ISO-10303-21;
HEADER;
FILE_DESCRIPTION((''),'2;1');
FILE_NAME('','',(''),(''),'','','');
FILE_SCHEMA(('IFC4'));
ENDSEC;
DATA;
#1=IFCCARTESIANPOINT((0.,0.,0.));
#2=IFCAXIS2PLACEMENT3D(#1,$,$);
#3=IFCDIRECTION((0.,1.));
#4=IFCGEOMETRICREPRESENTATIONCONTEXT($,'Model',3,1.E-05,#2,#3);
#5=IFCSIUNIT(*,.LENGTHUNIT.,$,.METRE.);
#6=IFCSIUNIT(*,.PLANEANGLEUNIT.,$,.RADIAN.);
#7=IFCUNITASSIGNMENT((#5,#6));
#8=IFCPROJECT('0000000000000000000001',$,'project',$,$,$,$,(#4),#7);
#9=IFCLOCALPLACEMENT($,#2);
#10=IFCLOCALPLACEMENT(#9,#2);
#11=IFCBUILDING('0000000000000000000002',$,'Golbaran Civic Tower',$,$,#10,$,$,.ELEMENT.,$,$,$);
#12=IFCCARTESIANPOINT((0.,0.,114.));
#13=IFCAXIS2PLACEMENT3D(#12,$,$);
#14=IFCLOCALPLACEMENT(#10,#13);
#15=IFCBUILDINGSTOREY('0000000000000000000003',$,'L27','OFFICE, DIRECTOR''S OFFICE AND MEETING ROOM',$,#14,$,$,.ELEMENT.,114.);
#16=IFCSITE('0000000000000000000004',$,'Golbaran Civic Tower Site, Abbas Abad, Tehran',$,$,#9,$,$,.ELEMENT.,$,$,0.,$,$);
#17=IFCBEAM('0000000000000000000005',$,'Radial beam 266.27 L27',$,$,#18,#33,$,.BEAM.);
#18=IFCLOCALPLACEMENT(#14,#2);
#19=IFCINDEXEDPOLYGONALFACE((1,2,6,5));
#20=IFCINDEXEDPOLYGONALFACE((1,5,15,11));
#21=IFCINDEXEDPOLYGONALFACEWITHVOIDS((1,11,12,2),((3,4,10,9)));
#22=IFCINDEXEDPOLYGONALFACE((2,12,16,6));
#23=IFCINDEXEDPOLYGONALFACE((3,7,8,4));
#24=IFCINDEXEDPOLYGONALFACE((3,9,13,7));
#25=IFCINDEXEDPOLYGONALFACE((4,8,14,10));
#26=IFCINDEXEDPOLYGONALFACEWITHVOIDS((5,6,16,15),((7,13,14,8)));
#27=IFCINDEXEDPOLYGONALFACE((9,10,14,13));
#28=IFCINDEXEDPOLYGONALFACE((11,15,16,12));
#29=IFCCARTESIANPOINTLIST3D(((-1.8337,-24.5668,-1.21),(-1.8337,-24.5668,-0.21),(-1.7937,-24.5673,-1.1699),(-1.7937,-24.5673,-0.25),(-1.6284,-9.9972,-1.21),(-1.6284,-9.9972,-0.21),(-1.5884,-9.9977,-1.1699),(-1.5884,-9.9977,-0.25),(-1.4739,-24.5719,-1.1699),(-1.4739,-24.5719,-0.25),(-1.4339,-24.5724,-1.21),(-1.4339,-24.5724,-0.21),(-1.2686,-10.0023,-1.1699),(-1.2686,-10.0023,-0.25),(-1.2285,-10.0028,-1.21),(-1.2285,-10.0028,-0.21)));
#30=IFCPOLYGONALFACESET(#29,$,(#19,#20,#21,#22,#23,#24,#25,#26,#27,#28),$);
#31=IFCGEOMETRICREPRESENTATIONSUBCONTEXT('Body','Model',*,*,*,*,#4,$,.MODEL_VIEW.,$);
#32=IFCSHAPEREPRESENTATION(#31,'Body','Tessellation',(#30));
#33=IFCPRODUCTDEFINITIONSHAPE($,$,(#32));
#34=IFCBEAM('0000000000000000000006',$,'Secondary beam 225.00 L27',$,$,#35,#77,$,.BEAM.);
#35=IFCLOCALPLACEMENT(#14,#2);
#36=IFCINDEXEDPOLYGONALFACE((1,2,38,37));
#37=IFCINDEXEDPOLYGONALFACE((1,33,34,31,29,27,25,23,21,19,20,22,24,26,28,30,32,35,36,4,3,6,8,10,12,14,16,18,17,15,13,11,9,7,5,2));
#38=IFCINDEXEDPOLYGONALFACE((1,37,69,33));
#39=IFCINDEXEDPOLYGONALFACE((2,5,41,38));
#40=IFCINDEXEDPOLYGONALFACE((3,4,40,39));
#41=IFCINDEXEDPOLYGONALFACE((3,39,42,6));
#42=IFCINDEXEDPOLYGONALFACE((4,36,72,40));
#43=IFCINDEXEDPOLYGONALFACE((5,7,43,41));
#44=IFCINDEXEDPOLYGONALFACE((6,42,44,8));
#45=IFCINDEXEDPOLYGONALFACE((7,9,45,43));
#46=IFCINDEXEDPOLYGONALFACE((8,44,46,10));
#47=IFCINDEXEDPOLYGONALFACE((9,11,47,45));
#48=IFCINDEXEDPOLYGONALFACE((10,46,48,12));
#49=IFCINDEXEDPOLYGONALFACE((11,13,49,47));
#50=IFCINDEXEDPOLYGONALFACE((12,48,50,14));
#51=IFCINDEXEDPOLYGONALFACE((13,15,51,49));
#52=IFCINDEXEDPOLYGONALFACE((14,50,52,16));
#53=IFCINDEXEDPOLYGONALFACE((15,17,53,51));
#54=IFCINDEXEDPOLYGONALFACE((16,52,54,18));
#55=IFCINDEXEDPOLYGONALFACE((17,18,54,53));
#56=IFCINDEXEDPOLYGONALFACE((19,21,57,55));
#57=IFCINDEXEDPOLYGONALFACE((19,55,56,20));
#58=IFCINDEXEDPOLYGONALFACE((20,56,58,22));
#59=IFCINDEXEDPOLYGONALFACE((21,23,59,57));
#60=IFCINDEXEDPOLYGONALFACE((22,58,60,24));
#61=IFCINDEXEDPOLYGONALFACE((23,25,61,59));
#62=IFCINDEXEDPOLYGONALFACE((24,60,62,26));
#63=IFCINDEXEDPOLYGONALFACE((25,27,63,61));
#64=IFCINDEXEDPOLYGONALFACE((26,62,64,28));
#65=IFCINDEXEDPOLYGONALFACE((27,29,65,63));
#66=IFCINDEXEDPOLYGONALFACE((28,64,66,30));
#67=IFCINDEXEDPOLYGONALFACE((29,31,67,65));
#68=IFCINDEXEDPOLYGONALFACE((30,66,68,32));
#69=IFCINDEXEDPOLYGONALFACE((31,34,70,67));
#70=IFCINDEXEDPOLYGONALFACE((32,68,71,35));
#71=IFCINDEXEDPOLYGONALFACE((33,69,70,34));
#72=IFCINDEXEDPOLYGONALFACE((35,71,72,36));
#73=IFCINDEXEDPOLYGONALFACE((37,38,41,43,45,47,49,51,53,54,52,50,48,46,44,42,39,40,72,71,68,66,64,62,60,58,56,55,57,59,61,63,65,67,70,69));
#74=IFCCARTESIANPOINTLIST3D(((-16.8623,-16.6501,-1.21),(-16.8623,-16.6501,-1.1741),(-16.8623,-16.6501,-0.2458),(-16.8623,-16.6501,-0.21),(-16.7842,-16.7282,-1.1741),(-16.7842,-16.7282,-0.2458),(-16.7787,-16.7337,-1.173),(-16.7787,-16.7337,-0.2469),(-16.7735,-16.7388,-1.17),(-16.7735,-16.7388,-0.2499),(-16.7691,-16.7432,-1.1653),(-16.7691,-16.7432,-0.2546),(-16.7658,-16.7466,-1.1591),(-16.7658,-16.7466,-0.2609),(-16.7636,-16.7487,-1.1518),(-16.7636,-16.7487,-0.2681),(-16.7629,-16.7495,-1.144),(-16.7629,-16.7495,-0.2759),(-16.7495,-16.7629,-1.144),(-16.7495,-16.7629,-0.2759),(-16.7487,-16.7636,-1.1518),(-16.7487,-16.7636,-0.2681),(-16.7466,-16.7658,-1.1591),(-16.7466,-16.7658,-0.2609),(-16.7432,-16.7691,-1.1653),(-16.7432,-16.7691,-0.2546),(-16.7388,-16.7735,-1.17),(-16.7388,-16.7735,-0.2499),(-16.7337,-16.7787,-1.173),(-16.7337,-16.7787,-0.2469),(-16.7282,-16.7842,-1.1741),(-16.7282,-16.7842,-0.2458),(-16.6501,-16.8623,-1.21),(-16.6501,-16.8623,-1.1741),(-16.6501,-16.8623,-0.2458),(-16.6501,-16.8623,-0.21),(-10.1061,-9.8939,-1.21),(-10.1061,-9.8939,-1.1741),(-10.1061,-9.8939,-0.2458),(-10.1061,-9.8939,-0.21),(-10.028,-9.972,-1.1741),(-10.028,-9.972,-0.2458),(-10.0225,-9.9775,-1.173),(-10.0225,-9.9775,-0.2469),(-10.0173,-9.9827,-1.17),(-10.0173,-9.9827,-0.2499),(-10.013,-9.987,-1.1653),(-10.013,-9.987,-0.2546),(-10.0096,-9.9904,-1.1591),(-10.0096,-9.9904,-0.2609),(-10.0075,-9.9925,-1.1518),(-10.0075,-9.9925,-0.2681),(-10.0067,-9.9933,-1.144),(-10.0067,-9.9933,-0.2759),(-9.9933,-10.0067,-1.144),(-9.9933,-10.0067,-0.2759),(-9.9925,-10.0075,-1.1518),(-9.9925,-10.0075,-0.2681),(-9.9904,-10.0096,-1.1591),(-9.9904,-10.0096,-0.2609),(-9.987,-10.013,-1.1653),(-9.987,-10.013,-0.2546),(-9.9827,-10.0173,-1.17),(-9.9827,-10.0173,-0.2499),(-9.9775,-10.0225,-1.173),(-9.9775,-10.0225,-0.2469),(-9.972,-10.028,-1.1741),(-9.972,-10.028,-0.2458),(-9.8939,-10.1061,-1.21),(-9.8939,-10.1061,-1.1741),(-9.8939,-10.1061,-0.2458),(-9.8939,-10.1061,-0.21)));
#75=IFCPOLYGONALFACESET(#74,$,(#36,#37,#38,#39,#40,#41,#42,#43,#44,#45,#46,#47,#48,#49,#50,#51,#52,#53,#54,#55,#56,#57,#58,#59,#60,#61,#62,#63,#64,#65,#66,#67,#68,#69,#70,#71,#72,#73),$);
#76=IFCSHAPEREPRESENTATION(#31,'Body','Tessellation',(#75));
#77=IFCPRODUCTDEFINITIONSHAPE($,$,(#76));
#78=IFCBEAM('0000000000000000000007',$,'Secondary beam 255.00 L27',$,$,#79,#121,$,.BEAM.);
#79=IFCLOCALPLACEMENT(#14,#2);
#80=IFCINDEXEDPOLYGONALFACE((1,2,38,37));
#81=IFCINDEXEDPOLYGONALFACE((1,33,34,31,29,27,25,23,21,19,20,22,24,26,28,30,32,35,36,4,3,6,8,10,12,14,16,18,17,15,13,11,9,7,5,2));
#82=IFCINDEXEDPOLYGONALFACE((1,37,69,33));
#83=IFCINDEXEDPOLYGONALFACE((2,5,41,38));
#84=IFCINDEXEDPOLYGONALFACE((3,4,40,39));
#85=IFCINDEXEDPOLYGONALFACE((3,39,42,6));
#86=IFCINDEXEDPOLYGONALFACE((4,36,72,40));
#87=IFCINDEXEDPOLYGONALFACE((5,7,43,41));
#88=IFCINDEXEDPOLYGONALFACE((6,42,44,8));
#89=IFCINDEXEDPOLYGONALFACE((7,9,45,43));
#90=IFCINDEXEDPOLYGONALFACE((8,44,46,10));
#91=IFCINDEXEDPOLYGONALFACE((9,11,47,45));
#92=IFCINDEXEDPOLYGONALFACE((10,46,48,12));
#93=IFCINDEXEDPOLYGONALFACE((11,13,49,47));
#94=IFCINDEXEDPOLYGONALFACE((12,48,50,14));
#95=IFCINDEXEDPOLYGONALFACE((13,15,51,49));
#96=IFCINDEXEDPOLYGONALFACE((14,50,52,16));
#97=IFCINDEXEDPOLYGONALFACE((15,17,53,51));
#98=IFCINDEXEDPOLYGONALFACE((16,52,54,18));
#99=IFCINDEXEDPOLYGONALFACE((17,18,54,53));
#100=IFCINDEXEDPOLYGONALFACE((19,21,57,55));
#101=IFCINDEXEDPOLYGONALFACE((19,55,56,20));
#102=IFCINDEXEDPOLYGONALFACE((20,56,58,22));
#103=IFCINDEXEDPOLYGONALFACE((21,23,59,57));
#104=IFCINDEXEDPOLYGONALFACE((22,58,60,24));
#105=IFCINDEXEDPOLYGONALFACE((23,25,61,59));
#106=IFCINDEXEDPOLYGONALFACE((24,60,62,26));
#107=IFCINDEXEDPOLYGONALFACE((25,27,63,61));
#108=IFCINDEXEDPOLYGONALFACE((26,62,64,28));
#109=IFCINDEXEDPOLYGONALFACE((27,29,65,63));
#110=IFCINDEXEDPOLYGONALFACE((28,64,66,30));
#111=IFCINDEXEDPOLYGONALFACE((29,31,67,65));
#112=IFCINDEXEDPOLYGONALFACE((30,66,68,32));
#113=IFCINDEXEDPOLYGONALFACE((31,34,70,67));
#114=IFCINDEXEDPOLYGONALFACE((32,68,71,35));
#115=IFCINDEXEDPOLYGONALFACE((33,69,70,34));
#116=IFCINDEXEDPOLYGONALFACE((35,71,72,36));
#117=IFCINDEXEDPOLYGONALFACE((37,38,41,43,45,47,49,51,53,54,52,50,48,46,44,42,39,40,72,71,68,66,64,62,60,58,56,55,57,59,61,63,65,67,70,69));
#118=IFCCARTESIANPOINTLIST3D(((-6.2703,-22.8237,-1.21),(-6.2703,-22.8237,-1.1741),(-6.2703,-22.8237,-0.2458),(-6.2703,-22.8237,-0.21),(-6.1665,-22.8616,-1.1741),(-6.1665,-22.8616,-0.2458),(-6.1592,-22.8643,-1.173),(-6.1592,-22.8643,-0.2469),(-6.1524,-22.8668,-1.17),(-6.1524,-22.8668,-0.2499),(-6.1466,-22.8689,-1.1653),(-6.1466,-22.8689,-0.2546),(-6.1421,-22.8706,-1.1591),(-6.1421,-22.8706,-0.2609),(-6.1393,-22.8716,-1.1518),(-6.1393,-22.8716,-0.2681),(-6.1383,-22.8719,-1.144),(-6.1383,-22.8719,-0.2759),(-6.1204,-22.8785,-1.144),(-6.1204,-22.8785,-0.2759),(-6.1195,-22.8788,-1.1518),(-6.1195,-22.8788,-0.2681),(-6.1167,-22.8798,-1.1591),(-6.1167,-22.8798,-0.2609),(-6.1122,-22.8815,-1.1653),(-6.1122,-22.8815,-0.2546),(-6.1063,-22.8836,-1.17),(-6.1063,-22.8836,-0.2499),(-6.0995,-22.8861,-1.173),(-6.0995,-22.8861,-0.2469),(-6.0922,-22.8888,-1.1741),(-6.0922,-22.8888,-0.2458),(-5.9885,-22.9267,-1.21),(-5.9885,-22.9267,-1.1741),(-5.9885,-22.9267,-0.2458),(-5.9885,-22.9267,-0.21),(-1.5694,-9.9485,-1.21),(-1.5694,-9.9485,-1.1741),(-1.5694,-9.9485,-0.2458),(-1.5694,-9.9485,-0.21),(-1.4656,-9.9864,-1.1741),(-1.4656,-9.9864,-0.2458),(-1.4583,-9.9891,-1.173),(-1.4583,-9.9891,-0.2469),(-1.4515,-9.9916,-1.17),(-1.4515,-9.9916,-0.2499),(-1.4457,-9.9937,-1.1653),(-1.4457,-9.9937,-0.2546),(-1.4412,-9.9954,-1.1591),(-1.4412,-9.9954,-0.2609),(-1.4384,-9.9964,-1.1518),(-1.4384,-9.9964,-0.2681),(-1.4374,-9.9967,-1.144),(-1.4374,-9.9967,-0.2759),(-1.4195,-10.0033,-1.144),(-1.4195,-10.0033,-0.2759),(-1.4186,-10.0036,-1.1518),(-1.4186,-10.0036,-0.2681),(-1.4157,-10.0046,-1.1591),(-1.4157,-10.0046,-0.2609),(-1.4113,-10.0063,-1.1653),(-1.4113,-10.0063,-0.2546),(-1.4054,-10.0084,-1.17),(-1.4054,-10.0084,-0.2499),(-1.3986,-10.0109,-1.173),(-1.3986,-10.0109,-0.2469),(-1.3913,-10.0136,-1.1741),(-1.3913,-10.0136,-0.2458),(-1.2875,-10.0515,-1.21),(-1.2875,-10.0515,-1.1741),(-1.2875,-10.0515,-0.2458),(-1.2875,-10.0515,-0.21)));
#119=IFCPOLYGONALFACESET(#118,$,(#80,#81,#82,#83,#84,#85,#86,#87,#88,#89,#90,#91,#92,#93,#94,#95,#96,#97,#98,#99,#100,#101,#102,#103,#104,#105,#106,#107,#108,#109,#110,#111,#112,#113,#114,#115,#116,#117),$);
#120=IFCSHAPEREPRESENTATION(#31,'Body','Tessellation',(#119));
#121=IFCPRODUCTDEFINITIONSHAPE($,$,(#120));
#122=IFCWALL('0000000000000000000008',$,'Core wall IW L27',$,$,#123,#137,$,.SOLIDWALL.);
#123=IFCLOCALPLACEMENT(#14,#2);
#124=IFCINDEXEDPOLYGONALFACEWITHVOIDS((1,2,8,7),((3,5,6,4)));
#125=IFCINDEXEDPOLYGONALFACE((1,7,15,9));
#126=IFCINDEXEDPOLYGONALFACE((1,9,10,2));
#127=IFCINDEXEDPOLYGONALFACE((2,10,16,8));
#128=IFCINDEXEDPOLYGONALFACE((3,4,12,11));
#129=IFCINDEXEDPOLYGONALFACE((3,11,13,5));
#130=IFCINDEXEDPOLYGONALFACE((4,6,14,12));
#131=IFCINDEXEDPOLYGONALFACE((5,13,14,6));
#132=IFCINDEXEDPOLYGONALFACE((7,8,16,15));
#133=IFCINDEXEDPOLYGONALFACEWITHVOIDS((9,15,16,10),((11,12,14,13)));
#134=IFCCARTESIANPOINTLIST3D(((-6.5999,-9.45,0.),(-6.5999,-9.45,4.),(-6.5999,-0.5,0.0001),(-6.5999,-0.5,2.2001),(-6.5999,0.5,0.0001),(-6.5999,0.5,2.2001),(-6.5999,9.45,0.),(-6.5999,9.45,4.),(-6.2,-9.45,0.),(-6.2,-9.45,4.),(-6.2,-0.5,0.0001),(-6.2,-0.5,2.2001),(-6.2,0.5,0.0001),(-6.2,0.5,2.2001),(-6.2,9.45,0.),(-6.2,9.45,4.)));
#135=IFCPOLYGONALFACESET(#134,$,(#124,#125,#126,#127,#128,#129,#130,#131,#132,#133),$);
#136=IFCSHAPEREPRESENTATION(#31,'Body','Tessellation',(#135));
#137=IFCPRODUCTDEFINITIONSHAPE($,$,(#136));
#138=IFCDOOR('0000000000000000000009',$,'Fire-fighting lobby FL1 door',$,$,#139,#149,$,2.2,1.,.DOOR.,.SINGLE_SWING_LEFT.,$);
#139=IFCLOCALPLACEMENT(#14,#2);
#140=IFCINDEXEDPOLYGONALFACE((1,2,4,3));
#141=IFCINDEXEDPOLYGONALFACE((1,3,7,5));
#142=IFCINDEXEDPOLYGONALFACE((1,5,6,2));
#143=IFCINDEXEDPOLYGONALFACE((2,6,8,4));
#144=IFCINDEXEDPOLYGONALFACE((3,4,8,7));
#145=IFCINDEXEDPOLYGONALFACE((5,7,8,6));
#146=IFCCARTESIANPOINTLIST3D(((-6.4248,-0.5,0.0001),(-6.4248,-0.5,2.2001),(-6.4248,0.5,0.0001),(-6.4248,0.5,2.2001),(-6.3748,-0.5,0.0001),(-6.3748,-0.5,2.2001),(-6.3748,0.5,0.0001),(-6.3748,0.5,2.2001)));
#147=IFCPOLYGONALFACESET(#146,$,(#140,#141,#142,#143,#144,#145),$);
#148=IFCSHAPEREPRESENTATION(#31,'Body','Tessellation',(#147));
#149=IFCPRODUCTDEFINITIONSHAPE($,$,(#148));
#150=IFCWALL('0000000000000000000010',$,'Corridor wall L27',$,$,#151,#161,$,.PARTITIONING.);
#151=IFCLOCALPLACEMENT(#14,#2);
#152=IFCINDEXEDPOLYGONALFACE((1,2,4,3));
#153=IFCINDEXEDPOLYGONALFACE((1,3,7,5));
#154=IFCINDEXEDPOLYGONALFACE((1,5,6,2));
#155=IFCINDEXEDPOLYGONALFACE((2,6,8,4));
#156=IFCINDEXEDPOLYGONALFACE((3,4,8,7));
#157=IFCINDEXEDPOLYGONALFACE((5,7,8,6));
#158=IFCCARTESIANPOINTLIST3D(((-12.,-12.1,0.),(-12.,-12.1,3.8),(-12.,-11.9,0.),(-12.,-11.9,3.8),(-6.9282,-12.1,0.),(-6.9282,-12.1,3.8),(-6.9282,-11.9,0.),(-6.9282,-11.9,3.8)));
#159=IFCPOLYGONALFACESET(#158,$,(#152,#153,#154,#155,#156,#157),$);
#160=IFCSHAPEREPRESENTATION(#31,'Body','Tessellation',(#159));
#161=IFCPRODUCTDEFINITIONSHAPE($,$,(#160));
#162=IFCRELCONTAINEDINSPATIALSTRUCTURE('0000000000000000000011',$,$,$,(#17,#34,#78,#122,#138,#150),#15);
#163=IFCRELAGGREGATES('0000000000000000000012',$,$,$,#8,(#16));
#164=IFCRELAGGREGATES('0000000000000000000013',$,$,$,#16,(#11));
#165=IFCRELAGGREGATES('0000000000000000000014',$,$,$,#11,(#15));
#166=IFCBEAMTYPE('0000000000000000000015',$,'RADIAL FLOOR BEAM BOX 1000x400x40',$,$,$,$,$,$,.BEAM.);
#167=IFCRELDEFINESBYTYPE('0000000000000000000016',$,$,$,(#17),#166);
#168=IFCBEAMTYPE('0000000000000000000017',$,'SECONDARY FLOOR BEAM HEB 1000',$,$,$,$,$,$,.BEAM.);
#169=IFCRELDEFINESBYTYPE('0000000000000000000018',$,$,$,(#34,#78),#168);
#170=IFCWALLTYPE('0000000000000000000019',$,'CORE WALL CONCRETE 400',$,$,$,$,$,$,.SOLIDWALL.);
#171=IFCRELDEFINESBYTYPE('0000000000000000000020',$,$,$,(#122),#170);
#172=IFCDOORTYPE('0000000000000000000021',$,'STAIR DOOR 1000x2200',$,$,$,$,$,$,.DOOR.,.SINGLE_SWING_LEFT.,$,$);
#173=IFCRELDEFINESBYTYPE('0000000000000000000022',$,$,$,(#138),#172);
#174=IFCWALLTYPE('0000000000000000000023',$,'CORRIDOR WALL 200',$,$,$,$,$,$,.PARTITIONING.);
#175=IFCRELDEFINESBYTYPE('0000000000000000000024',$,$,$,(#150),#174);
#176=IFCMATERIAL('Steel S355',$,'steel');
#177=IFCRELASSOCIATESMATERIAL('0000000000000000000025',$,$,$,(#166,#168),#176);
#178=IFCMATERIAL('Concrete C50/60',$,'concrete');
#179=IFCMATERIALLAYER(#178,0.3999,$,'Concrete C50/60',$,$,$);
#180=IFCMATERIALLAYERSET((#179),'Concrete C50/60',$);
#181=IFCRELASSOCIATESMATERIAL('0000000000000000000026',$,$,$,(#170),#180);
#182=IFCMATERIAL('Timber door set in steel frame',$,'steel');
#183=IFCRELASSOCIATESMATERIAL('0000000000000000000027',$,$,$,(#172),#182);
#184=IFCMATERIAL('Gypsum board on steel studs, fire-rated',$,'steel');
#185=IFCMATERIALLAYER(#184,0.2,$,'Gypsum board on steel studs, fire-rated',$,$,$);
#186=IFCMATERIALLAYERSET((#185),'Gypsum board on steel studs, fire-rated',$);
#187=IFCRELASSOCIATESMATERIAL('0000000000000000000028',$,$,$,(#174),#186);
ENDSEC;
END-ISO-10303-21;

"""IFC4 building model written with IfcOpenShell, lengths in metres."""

from ifc_helpers import new_model, si_unit, direction, frame, frame_2d, origin, origin_2d, place, context, subcontext, project, spatial, rectangle, hollow_rectangle, i_section, extrude, material, layer, layer_set, material_profile, profile_set, type_object, element, fill, save


model = new_model("IFC4")

# Units and contexts
model_context = context("Model", 3, precision=1e-05, world=origin(), true_north=direction((0.0, 1.0)))
body_context = subcontext(model_context, "Body", "Model", "MODEL_VIEW")
ifc_project = project(units=[si_unit("LENGTHUNIT", "METRE"), si_unit("PLANEANGLEUNIT", "RADIAN")], contexts=[model_context])

# Site, building, storey
site_placement = place(None, origin())
site = spatial("IfcSite", under=ifc_project, at=site_placement, Name="Golbaran Civic Tower Site, Abbas Abad, Tehran", CompositionType="ELEMENT", RefElevation=0.0)
building_placement = place(site_placement, origin())
building = spatial("IfcBuilding", under=site, at=building_placement, Name="Golbaran Civic Tower", CompositionType="ELEMENT")
storey_placement = place(building_placement, frame((0.0, 0.0, 114.0)))
storey = spatial("IfcBuildingStorey", under=building, at=storey_placement, Name="L27", Description="OFFICE, DIRECTOR'S OFFICE AND MEETING ROOM", CompositionType="ELEMENT", Elevation=114.0)

# Beams
ifc_material_1 = material(Name="Steel S355", Category="steel")
ifc_material_profile_1 = material_profile(ifc_material_1, hollow_rectangle(XDim=0.3999, YDim=1.0, WallThickness=0.04, at=origin_2d()), Name="BOX 1000x400x40")
ifc_profile_set_1 = profile_set([ifc_material_profile_1], Name="Steel S355")
beam_type_1 = type_object("IfcBeamType", Name="RADIAL FLOOR BEAM BOX 1000x400x40", PredefinedType="BEAM", material=ifc_profile_set_1)
beam_1_placement = place(storey_placement, frame((-1.4285, -10.0, -0.71), z_axis=(-0.014091, -0.999901, 0.0), x_axis=(0.999901, -0.014091, 0.0)))
element("IfcBeam", 1, at=beam_1_placement, inside=storey, type_object=beam_type_1, Name="Radial beam 266.27 L27", PredefinedType="BEAM", context=body_context, shape_type="SweptSolid", body=[
    extrude(hollow_rectangle(XDim=0.3999, YDim=1.0, WallThickness=0.04, at=origin_2d()), origin(), (0.0, 0.0, 1.0), 14.571),
])
ifc_material_profile_2 = material_profile(ifc_material_1, i_section(OverallWidth=0.3, OverallDepth=1.0, WebThickness=0.019, FlangeThickness=0.0359, FilletRadius=0.03, at=origin_2d()), Name="HEB 1000")
ifc_profile_set_2 = profile_set([ifc_material_profile_2], Name="Steel S355")
beam_type_2 = type_object("IfcBeamType", Name="SECONDARY FLOOR BEAM HEB 1000", PredefinedType="BEAM", material=ifc_profile_set_2)
beam_2_placement = place(storey_placement, frame((-10.0, -10.0, -0.71), z_axis=(-0.707107, -0.707107, 0.0), x_axis=(0.707107, -0.707107, 0.0)))
element("IfcBeam", 2, at=beam_2_placement, inside=storey, type_object=beam_type_2, Name="Secondary beam 225.00 L27", PredefinedType="BEAM", context=body_context, shape_type="SweptSolid", body=[
    extrude(i_section(OverallWidth=0.3, OverallDepth=1.0, WebThickness=0.019, FlangeThickness=0.0359, FilletRadius=0.03, at=origin_2d()), origin(), (0.0, 0.0, 1.0), 9.5547),
])
beam_3_placement = place(storey_placement, frame((-1.4285, -10.0, -0.71), z_axis=(-0.342968, -0.939347, 0.0), x_axis=(0.939347, -0.342968, 0.0)))
element("IfcBeam", 3, at=beam_3_placement, inside=storey, type_object=beam_type_2, Name="Secondary beam 255.00 L27", PredefinedType="BEAM", context=body_context, shape_type="SweptSolid", body=[
    extrude(i_section(OverallWidth=0.3, OverallDepth=1.0, WebThickness=0.019, FlangeThickness=0.0359, FilletRadius=0.03, at=origin_2d()), origin(), (0.0, 0.0, 1.0), 13.7065),
])

# Wall, opening, door
ifc_material_2 = material(Name="Concrete C50/60", Category="concrete")
ifc_layer_1 = layer(ifc_material_2, 0.3999, Name="Concrete C50/60")
ifc_layer_set_1 = layer_set([ifc_layer_1], Name="Concrete C50/60")
wall_type_1 = type_object("IfcWallType", Name="CORE WALL CONCRETE 400", PredefinedType="SOLIDWALL", material=ifc_layer_set_1)
wall_1_placement = place(storey_placement, frame((-6.3999, -9.45, 0.0), z_axis=(0.0, 0.0, 1.0), x_axis=(0.0, 1.0, 0.0)))
wall_1 = element("IfcWall", 4, at=wall_1_placement, inside=storey, type_object=wall_type_1, Name="Core wall IW L27", PredefinedType="SOLIDWALL", context=body_context, shape_type="SweptSolid", body=[
    extrude(rectangle(XDim=18.8999, YDim=0.3999, at=frame_2d((9.45, 0.0))), origin(), (0.0, 0.0, 1.0), 4.0),
])
opening_1_placement = place(wall_1_placement, frame((8.95, 0.0, 0.0)))
opening_1 = element("IfcOpeningElement", 5, at=opening_1_placement, cuts=wall_1, PredefinedType="OPENING", context=body_context, shape_type="SweptSolid", body=[
    extrude(rectangle(XDim=1.0, YDim=2.2, at=frame_2d((0.5, 1.1001))), frame((0.0, 0.21, 0.0), z_axis=(0.0, -1.0, 0.0), x_axis=(1.0, 0.0, 0.0)), (0.0, 0.0, 1.0), 0.4199),
])
ifc_material_3 = material(Name="Timber door set in steel frame", Category="steel")
door_type_1 = type_object("IfcDoorType", Name="STAIR DOOR 1000x2200", OperationType="SINGLE_SWING_LEFT", PredefinedType="DOOR", material=ifc_material_3)
door_1_placement = place(opening_1_placement, origin())
door_1 = element("IfcDoor", 6, at=door_1_placement, inside=storey, type_object=door_type_1, Name="Fire-fighting lobby FL1 door", OperationType="SINGLE_SWING_LEFT", OverallHeight=2.2, OverallWidth=1.0, PredefinedType="DOOR", context=body_context, shape_type="SweptSolid", body=[
    extrude(rectangle(XDim=1.0, YDim=2.2, at=frame_2d((0.5, 1.1001))), frame((0.0, 0.0249, 0.0), z_axis=(0.0, -1.0, 0.0), x_axis=(1.0, 0.0, 0.0)), (0.0, 0.0, 1.0), 0.05),
])
fill(opening_1, door_1)

# Wall
ifc_material_4 = material(Name="Gypsum board on steel studs, fire-rated", Category="steel")
ifc_layer_2 = layer(ifc_material_4, 0.2, Name="Gypsum board on steel studs, fire-rated")
ifc_layer_set_2 = layer_set([ifc_layer_2], Name="Gypsum board on steel studs, fire-rated")
wall_type_2 = type_object("IfcWallType", Name="CORRIDOR WALL 200", PredefinedType="PARTITIONING", material=ifc_layer_set_2)
wall_2_placement = place(storey_placement, frame((-12.0, -12.0, 0.0), z_axis=(0.0, 0.0, 1.0), x_axis=(1.0, 0.0, 0.0)))
element("IfcWall", 7, at=wall_2_placement, inside=storey, type_object=wall_type_2, Name="Corridor wall L27", PredefinedType="PARTITIONING", context=body_context, shape_type="SweptSolid", body=[
    extrude(rectangle(XDim=5.0718, YDim=0.2, at=frame_2d((2.5359, 0.0))), origin(), (0.0, 0.0, 1.0), 3.8),
])

save(model, "model.ifc")
